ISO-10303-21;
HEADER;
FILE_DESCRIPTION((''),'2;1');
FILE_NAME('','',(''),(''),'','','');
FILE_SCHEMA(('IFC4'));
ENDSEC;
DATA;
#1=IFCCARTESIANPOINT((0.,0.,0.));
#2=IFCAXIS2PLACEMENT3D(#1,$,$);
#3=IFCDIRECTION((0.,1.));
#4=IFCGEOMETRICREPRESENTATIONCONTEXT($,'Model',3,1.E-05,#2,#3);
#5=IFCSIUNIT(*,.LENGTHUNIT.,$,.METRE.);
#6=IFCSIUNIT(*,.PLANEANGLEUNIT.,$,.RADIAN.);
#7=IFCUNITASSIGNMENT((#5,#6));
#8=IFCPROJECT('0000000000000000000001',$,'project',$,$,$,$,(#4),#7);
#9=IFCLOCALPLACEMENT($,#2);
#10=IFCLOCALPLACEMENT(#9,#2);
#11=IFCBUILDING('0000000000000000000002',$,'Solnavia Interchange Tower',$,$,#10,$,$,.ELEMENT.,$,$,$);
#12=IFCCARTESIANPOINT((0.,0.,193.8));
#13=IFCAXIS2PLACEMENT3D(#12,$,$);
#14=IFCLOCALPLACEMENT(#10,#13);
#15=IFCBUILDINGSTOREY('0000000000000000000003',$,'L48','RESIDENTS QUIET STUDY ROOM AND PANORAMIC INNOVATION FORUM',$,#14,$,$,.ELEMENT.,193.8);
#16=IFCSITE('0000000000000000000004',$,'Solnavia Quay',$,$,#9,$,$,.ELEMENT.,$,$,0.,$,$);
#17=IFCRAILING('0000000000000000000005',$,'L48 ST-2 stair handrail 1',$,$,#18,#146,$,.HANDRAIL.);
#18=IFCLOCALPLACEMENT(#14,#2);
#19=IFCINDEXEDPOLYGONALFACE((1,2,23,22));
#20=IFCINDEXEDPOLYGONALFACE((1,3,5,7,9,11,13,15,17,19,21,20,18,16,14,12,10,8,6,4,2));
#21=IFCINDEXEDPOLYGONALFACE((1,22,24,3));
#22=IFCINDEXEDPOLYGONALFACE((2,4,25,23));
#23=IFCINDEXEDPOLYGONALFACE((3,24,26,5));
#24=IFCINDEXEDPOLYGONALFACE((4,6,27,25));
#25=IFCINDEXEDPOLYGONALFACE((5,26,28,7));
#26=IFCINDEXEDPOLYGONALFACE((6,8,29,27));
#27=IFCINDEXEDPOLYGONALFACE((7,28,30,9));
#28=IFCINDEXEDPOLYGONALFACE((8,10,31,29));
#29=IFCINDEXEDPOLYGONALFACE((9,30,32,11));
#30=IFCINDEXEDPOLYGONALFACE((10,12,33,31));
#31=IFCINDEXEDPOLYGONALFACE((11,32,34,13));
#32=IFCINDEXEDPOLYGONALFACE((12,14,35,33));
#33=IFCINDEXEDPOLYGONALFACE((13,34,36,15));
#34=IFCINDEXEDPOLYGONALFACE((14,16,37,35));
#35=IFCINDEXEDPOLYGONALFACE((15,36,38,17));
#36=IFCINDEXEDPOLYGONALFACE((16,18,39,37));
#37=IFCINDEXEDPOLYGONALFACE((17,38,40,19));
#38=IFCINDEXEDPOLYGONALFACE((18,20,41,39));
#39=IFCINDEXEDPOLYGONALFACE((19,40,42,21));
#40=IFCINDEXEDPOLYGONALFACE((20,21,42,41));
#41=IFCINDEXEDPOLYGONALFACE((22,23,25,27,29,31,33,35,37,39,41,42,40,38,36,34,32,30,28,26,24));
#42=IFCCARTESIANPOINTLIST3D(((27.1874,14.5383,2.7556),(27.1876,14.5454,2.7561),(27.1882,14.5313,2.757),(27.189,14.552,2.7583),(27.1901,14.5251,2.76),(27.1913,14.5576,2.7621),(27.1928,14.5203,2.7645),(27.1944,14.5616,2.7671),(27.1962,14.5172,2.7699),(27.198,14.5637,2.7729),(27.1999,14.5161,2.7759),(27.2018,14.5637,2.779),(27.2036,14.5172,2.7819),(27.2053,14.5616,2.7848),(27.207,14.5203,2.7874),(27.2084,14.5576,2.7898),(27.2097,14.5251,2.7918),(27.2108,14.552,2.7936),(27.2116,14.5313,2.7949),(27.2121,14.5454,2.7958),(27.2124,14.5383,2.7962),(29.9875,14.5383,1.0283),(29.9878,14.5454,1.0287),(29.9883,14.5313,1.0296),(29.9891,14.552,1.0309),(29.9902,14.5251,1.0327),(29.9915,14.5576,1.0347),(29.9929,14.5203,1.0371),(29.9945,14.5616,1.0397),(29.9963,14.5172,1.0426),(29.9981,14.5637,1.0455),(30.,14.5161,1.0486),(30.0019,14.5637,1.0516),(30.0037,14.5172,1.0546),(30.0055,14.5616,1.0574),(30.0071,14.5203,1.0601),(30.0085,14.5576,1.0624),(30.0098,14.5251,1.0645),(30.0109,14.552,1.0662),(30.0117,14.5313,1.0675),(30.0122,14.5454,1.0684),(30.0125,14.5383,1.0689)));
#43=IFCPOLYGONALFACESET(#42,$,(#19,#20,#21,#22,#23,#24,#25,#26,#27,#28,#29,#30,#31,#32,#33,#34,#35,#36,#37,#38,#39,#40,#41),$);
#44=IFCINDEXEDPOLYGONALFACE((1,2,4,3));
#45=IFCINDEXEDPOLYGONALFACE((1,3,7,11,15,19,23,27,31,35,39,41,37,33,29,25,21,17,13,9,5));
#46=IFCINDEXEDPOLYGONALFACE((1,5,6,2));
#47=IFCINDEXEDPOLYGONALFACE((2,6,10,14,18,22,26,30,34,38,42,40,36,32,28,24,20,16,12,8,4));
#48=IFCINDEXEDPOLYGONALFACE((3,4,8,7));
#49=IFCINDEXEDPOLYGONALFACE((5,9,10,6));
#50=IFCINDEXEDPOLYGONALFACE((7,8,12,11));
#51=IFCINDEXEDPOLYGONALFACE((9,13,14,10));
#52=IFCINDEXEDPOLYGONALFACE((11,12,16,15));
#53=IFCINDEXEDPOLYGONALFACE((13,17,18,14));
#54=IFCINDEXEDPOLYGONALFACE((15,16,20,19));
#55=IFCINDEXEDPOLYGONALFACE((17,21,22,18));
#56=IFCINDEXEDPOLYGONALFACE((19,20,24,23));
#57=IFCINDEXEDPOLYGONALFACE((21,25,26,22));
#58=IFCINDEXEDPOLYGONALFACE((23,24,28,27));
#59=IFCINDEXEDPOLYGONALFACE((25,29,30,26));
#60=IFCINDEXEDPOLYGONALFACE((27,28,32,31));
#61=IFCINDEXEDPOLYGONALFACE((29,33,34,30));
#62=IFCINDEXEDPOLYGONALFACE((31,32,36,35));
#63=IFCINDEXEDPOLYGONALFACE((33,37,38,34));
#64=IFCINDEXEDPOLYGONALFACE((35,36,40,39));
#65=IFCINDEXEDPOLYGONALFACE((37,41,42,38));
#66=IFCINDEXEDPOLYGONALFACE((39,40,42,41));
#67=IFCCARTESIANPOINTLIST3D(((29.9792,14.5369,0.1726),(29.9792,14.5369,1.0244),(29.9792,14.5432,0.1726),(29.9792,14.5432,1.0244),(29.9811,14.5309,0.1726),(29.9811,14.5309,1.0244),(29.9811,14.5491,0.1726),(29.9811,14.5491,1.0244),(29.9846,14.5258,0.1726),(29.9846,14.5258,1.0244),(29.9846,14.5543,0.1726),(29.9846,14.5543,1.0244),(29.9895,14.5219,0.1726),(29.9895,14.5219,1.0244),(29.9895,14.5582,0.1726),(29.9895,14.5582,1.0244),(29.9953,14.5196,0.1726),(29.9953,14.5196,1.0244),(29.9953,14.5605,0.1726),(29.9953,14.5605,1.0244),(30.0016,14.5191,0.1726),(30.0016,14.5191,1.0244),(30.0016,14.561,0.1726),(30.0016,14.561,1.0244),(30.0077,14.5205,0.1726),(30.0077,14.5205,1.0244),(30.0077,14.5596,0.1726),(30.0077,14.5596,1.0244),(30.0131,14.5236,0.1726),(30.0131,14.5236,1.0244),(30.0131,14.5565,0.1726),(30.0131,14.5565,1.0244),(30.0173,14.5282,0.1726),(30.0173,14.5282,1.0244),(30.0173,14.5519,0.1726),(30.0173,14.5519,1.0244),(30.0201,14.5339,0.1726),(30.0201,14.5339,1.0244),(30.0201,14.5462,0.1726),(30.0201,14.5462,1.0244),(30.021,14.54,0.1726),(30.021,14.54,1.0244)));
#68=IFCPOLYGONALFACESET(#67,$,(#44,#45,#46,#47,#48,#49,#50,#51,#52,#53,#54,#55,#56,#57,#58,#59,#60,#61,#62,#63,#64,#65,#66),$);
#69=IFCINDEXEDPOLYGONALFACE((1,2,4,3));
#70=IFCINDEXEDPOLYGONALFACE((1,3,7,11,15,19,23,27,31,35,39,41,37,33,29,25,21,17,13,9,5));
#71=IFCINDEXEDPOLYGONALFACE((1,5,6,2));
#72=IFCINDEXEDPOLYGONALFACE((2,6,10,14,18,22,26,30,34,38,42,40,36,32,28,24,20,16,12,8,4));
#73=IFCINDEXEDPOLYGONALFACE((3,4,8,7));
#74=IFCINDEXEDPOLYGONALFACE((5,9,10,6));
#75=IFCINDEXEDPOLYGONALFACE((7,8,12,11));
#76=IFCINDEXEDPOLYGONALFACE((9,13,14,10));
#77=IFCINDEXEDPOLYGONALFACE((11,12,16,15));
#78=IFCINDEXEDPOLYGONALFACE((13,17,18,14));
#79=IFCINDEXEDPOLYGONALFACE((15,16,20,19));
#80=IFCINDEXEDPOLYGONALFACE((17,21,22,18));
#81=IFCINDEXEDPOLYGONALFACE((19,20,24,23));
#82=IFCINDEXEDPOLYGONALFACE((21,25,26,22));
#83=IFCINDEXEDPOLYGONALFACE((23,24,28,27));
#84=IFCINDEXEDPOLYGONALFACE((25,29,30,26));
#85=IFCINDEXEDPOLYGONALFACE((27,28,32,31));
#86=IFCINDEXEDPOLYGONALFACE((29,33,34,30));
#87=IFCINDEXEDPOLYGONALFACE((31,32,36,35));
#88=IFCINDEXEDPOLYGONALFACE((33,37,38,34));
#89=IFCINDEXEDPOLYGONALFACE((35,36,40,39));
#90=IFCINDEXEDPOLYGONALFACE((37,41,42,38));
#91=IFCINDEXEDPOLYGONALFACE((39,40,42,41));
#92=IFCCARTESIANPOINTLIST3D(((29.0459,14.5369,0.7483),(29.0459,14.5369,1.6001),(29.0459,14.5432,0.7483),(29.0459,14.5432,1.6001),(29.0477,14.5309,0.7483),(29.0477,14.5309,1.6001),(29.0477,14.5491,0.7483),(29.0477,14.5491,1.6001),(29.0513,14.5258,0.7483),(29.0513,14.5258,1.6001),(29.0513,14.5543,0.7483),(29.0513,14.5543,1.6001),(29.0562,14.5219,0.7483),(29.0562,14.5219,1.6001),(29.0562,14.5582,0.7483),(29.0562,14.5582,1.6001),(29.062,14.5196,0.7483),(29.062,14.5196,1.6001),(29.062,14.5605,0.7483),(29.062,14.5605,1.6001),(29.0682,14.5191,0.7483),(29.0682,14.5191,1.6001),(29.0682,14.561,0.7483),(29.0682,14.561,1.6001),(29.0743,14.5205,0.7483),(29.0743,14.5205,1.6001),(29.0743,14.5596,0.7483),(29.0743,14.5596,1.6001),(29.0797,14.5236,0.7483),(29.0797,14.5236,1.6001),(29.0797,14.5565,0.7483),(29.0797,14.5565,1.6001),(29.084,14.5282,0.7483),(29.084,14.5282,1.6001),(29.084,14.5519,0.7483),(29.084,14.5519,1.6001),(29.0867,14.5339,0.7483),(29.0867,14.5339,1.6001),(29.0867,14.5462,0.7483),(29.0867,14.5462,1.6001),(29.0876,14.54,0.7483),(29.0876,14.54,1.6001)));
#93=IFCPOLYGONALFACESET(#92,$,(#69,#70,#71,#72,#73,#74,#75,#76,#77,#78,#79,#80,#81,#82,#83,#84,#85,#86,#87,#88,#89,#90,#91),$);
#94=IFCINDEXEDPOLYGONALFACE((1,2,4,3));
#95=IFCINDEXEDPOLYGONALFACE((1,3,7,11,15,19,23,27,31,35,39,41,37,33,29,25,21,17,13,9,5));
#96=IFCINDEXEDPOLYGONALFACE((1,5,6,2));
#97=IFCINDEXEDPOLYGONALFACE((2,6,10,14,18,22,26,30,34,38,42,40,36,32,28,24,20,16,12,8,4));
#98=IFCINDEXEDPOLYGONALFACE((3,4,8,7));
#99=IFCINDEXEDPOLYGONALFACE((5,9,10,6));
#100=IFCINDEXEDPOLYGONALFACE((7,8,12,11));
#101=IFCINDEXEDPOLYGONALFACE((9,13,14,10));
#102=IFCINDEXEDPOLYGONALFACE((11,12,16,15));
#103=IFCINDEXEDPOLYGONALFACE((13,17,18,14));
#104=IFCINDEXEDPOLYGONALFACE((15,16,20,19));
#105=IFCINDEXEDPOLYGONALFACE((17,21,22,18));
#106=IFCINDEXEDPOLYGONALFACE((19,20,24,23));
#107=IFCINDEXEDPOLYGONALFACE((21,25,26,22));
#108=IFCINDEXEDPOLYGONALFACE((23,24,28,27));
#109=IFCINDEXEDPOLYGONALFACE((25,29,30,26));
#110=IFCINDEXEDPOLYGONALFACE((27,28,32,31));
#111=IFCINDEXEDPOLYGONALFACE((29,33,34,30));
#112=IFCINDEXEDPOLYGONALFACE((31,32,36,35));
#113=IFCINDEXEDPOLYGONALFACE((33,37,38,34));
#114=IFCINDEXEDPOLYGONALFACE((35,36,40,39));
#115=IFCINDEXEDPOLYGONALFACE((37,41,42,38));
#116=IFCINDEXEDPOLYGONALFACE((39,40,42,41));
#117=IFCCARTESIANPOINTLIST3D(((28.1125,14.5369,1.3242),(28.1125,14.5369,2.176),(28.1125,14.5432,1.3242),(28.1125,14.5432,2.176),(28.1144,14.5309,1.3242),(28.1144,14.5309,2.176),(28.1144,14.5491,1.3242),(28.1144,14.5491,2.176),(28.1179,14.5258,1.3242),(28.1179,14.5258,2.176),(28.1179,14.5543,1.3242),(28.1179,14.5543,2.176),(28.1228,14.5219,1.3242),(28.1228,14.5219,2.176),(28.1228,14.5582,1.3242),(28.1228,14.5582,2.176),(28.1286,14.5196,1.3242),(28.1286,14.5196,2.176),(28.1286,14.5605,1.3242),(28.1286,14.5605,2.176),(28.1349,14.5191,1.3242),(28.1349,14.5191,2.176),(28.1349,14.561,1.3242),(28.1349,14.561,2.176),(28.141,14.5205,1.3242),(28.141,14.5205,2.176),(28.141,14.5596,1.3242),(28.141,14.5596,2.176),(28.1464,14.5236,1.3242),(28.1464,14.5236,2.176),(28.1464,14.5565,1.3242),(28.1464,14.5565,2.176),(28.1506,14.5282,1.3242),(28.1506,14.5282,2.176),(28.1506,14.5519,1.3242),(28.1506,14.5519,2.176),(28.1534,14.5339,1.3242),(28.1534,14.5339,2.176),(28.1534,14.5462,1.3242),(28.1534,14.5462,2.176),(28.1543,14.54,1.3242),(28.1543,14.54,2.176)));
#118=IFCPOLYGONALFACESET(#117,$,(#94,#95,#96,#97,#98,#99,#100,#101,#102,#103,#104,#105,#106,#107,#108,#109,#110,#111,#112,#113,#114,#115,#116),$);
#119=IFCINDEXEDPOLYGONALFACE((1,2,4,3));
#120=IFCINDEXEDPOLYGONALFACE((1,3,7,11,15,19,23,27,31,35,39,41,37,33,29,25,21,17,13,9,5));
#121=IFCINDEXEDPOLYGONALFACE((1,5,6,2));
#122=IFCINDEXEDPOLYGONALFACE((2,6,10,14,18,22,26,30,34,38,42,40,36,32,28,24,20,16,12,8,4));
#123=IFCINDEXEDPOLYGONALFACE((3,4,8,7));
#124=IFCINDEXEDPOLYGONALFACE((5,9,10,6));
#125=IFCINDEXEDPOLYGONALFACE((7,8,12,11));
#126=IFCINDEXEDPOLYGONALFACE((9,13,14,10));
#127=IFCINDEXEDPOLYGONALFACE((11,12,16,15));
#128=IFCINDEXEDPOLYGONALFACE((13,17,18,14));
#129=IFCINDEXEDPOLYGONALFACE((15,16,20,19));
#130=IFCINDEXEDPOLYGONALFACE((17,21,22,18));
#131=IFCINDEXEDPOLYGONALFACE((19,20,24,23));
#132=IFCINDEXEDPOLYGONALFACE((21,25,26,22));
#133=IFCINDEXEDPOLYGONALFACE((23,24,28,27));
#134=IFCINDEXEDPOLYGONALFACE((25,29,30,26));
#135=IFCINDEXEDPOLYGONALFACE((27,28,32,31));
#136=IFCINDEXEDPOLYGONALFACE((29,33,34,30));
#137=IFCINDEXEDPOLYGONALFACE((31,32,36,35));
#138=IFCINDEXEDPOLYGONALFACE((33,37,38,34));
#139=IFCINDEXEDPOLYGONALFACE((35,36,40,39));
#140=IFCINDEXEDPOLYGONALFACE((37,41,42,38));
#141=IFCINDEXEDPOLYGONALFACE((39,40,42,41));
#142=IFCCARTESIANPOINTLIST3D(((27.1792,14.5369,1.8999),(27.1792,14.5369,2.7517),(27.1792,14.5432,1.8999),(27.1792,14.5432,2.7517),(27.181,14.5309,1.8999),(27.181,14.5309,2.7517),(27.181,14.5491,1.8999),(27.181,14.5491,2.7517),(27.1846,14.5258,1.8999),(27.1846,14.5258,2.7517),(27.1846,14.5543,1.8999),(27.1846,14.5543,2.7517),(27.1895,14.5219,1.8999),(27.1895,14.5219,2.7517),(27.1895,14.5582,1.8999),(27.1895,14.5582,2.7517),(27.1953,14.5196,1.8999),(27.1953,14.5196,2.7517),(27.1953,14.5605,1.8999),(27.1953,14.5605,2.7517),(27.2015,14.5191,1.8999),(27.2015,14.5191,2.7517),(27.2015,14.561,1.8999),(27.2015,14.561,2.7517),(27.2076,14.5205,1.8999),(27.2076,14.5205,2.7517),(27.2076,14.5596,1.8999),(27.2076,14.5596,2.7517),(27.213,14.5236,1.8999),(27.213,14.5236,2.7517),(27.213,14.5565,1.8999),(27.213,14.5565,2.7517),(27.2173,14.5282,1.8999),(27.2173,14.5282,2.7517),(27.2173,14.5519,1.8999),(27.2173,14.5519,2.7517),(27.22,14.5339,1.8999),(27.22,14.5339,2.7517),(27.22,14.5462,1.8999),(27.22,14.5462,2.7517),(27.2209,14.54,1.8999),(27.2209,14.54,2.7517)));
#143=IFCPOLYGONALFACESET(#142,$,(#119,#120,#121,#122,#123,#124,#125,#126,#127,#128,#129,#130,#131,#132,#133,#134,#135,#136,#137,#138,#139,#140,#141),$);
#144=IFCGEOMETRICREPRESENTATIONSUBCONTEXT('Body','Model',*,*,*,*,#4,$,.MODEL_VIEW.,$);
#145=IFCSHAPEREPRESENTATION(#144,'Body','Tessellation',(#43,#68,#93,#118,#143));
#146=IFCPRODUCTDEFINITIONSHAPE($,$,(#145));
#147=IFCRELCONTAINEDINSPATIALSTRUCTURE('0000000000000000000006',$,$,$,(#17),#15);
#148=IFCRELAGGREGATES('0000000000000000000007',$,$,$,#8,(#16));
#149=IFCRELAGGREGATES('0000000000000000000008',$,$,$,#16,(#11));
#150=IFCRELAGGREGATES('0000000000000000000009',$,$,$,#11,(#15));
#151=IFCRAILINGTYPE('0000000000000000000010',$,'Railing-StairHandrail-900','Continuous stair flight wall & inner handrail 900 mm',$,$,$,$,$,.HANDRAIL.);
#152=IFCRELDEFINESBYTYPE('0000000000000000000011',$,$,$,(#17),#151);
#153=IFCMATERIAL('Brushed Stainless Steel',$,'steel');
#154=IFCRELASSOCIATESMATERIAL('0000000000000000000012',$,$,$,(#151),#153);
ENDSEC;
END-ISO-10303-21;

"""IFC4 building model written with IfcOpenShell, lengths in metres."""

from ifc_helpers import new_model, si_unit, direction, frame, origin, origin_2d, place, context, subcontext, project, spatial, circle, extrude, material, type_object, element, save


model = new_model("IFC4")

# Units and contexts
model_context = context("Model", 3, precision=1e-05, world=origin(), true_north=direction((0.0, 1.0)))
body_context = subcontext(model_context, "Body", "Model", "MODEL_VIEW")
ifc_project = project(units=[si_unit("LENGTHUNIT", "METRE"), si_unit("PLANEANGLEUNIT", "RADIAN")], contexts=[model_context])

# Site, building, storey
site_placement = place(None, origin())
site = spatial("IfcSite", under=ifc_project, at=site_placement, Name="Solnavia Quay", CompositionType="ELEMENT", RefElevation=0.0)
building_placement = place(site_placement, origin())
building = spatial("IfcBuilding", under=site, at=building_placement, Name="Solnavia Interchange Tower", CompositionType="ELEMENT")
storey_placement = place(building_placement, frame((0.0, 0.0, 193.8)))
storey = spatial("IfcBuildingStorey", under=building, at=storey_placement, Name="L48", Description="RESIDENTS QUIET STUDY ROOM AND PANORAMIC INNOVATION FORUM", CompositionType="ELEMENT", Elevation=193.8)

# Railing
ifc_material_1 = material(Name="Brushed Stainless Steel", Category="steel")
railing_type_1 = type_object("IfcRailingType", Name="Railing-StairHandrail-900", Description="Continuous stair flight wall & inner handrail 900 mm", PredefinedType="HANDRAIL", material=ifc_material_1)
railing_1_placement = place(storey_placement, frame((30.0, 14.54, 0.1726)))
element("IfcRailing", 1, at=railing_1_placement, inside=storey, type_object=railing_type_1, Name="L48 ST-2 stair handrail 1", PredefinedType="HANDRAIL", context=body_context, shape_type="SweptSolid", body=[
    extrude(circle(Radius=0.0239, at=origin_2d()), frame((0.0, 0.0, 0.876), z_axis=(-0.85109, 0.0, 0.52502), x_axis=(0.0, -1.0, 0.0)), (0.0, 0.0, 1.0), 3.29),
    extrude(circle(Radius=0.021, at=origin_2d()), origin(), (0.0, 0.0, 1.0), 0.8518),
    extrude(circle(Radius=0.021, at=origin_2d()), frame((-0.9333, 0.0, 0.5757)), (0.0, 0.0, 1.0), 0.8518),
    extrude(circle(Radius=0.021, at=origin_2d()), frame((-1.8667, 0.0, 1.1516)), (0.0, 0.0, 1.0), 0.8518),
    extrude(circle(Radius=0.021, at=origin_2d()), frame((-2.8, 0.0, 1.7273)), (0.0, 0.0, 1.0), 0.8518),
])

save(model, "model.ifc")
